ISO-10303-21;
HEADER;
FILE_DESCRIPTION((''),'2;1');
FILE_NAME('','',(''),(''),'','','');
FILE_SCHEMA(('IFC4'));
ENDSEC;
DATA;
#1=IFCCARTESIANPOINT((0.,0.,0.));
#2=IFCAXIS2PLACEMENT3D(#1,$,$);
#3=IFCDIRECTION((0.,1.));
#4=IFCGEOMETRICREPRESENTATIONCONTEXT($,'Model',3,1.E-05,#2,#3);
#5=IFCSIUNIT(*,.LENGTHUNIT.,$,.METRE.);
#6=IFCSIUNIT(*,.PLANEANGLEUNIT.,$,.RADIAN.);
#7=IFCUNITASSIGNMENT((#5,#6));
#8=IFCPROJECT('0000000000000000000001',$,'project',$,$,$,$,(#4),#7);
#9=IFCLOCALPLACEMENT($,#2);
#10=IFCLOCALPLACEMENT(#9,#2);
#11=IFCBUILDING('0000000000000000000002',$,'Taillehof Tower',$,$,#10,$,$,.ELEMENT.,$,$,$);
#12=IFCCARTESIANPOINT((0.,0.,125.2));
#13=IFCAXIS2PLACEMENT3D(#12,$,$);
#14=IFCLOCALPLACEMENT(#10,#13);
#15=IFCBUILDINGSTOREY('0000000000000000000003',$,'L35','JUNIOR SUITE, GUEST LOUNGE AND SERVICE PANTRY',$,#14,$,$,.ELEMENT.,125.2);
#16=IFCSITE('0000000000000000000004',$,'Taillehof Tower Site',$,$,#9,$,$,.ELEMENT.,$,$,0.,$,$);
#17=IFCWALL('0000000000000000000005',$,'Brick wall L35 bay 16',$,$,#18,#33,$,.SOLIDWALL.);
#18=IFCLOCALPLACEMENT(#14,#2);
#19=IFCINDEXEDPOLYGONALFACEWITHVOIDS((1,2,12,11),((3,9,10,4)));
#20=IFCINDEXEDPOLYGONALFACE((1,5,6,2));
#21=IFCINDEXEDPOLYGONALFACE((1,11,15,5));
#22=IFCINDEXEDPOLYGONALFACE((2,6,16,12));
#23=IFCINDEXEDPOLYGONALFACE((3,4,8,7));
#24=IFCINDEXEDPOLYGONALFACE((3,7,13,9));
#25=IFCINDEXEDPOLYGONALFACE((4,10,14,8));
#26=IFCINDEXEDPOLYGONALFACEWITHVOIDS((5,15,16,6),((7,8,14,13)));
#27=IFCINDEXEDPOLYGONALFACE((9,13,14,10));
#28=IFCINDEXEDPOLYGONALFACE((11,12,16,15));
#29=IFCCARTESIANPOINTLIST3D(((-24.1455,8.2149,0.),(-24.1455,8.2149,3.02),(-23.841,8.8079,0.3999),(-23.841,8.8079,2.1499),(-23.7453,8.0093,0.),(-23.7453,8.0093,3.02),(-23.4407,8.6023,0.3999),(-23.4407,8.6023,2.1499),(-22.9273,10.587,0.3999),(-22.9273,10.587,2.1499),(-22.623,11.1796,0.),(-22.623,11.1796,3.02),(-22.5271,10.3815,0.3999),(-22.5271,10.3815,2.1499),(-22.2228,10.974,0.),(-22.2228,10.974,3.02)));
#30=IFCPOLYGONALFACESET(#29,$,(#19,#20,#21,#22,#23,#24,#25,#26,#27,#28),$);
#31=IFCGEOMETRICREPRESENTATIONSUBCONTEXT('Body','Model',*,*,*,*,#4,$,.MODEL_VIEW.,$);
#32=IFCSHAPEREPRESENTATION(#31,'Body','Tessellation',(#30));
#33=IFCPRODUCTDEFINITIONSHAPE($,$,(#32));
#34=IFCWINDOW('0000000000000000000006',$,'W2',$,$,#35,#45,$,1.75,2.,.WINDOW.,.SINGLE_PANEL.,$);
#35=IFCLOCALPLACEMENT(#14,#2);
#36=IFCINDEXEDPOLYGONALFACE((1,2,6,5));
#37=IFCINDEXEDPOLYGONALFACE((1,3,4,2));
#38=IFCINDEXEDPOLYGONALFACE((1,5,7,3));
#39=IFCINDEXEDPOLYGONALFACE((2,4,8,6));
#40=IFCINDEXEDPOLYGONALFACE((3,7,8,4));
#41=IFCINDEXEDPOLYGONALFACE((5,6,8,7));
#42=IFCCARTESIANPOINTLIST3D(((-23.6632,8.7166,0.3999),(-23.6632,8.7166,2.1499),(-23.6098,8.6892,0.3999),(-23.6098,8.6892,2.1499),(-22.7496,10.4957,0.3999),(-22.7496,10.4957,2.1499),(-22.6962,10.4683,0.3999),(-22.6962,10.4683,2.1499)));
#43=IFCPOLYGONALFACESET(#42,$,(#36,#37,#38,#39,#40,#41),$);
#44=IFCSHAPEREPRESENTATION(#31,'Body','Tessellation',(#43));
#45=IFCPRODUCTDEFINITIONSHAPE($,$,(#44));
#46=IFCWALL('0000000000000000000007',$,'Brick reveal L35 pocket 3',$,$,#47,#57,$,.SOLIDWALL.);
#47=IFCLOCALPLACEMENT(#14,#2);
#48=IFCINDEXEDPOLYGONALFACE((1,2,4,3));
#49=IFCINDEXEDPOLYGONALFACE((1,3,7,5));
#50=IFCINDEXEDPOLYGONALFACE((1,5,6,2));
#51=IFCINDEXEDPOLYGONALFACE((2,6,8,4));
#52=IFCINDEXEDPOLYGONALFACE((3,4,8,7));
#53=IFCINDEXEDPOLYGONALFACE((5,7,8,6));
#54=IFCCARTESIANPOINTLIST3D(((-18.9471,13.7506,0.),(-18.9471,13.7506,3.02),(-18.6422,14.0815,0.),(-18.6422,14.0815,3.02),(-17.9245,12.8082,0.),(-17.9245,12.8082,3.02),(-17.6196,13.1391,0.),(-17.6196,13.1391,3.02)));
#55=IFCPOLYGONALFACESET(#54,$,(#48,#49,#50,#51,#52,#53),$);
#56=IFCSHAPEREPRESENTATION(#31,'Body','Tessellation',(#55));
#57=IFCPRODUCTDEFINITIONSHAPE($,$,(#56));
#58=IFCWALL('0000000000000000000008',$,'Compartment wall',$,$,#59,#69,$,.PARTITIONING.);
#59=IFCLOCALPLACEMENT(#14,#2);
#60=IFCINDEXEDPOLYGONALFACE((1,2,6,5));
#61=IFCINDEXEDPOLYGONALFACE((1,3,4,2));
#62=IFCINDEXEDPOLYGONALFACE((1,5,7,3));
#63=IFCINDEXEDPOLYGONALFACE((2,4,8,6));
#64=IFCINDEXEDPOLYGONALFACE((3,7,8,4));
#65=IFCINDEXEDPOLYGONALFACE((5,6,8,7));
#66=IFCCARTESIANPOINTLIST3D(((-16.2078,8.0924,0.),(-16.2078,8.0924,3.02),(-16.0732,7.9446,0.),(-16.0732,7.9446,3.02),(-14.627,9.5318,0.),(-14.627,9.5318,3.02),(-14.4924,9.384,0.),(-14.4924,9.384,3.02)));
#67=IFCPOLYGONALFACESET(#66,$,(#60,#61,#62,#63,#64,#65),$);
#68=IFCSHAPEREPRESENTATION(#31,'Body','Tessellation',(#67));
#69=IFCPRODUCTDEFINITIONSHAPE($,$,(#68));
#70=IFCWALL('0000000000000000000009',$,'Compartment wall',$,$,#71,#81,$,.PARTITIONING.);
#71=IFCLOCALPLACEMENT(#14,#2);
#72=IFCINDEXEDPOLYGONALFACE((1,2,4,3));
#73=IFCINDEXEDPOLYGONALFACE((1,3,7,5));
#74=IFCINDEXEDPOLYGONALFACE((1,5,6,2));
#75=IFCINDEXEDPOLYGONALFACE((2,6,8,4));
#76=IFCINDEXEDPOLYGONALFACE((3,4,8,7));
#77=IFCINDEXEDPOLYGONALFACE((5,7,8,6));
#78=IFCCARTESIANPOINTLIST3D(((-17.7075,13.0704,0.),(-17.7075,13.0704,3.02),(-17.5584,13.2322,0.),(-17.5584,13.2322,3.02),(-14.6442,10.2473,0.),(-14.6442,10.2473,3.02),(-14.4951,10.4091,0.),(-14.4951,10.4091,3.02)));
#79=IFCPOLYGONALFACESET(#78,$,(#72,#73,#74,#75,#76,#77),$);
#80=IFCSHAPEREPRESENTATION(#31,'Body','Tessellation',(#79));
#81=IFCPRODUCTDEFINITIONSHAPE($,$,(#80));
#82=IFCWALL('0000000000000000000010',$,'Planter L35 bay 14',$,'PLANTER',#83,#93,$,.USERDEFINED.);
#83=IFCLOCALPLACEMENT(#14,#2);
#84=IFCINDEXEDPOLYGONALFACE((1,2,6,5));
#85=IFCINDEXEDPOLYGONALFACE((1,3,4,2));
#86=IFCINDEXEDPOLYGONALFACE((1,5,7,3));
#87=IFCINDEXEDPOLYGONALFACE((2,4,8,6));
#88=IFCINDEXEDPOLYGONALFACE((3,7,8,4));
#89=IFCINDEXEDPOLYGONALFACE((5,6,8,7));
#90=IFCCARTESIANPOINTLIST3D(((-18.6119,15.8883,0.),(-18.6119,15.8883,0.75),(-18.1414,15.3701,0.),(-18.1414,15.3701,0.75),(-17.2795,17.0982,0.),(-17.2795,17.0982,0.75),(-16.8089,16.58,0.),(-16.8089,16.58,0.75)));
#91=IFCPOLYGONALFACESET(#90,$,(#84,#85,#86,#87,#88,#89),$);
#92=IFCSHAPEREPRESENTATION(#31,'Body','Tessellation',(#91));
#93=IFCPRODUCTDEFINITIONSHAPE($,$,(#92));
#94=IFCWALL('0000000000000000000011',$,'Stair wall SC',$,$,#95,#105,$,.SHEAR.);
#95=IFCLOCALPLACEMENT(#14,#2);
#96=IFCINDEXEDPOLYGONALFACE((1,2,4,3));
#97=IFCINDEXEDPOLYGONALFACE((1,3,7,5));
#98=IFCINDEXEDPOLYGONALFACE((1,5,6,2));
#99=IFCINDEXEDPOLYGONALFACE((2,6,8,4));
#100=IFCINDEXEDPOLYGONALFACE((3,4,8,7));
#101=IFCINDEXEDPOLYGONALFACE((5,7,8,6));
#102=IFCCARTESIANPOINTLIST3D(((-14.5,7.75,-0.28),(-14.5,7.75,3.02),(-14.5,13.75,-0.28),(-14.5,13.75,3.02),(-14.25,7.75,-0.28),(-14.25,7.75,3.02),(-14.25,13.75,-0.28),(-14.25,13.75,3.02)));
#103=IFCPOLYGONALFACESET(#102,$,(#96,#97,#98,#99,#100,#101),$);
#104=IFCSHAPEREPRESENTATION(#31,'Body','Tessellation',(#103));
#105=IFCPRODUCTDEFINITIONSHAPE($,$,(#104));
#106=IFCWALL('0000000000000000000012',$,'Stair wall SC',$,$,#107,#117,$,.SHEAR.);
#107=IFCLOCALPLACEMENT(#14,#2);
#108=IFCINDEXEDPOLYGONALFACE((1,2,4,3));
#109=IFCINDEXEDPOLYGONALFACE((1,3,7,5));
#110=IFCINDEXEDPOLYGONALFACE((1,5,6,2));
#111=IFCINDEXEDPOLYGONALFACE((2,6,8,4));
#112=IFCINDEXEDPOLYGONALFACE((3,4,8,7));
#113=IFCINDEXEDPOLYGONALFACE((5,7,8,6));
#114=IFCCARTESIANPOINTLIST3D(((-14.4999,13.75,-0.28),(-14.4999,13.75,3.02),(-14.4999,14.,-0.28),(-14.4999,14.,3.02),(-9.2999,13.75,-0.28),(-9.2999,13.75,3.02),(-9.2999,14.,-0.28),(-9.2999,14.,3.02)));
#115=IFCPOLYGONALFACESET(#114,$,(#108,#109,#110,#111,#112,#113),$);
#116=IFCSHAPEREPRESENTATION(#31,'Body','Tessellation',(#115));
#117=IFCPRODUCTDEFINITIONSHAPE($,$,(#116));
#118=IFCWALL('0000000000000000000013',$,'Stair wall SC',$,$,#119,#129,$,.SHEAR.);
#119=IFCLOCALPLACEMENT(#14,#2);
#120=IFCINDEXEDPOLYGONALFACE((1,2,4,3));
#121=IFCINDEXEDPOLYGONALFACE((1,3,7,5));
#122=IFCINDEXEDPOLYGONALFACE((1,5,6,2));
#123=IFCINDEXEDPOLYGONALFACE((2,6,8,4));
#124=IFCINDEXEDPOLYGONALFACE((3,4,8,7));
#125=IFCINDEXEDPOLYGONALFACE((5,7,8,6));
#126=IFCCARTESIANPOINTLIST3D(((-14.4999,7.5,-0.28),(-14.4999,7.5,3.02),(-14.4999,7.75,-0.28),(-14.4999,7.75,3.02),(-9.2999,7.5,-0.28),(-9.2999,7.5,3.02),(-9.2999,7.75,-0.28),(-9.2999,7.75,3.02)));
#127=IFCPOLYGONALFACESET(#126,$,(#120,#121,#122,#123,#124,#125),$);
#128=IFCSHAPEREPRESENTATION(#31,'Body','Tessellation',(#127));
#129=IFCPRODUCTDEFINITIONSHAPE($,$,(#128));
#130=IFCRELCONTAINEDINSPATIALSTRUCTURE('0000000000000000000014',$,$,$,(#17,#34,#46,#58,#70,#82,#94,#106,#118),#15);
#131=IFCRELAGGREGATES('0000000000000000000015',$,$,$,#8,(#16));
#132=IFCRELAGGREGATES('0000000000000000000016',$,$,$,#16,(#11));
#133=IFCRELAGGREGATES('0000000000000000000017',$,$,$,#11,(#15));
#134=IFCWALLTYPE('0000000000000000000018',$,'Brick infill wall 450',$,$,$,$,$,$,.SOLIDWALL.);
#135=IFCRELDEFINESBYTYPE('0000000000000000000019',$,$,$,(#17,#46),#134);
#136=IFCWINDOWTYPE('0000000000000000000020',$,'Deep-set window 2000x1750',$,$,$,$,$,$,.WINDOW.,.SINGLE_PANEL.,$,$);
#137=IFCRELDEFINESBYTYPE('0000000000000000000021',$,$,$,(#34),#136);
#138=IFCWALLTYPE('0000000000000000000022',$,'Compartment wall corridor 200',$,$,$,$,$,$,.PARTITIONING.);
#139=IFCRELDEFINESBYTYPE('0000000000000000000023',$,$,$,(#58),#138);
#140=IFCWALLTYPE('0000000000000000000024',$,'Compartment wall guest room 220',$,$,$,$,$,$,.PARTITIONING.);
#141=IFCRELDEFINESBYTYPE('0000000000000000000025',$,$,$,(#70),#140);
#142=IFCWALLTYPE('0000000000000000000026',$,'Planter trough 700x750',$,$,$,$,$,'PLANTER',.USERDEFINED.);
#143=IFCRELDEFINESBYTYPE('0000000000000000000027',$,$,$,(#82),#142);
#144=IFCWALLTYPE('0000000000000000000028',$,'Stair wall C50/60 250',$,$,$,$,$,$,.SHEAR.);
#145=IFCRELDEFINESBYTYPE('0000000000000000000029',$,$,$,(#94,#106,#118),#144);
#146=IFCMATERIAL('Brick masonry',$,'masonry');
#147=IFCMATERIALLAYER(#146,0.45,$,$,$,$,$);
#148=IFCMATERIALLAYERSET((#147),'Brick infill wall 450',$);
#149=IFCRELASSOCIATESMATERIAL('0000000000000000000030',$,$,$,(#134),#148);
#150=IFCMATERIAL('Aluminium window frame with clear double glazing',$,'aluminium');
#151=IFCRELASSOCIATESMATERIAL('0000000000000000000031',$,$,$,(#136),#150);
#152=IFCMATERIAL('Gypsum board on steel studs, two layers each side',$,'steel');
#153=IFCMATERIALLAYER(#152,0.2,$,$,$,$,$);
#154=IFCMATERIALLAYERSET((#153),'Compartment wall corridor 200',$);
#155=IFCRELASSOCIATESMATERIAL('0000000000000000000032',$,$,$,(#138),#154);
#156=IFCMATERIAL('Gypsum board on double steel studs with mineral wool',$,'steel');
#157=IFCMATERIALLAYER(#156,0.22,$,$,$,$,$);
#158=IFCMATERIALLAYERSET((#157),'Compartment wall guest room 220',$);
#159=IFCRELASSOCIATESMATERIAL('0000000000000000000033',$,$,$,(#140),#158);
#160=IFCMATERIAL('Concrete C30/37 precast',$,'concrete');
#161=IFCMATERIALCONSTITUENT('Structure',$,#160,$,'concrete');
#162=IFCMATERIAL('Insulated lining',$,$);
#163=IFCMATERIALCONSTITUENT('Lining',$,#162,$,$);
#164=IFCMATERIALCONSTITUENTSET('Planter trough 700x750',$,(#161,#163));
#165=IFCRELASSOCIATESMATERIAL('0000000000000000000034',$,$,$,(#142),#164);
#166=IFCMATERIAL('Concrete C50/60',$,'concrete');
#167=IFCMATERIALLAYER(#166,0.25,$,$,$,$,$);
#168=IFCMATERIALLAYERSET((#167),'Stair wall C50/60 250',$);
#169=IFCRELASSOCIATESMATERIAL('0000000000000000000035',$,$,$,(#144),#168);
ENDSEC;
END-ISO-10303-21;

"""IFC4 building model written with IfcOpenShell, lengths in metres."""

from ifc_helpers import new_model, si_unit, direction, frame, frame_2d, origin, place, context, subcontext, project, spatial, rectangle, extrude, material, layer, layer_set, constituent, constituent_set, type_object, element, fill, save


model = new_model("IFC4")

# Units and contexts
model_context = context("Model", 3, precision=1e-05, world=origin(), true_north=direction((0.0, 1.0)))
body_context = subcontext(model_context, "Body", "Model", "MODEL_VIEW")
ifc_project = project(units=[si_unit("LENGTHUNIT", "METRE"), si_unit("PLANEANGLEUNIT", "RADIAN")], contexts=[model_context])

# Site, building, storey
site_placement = place(None, origin())
site = spatial("IfcSite", under=ifc_project, at=site_placement, Name="Taillehof Tower Site", CompositionType="ELEMENT", RefElevation=0.0)
building_placement = place(site_placement, origin())
building = spatial("IfcBuilding", under=site, at=building_placement, Name="Taillehof Tower", CompositionType="ELEMENT")
storey_placement = place(building_placement, frame((0.0, 0.0, 125.2)))
storey = spatial("IfcBuildingStorey", under=building, at=storey_placement, Name="L35", Description="JUNIOR SUITE, GUEST LOUNGE AND SERVICE PANTRY", CompositionType="ELEMENT", Elevation=125.2)

# Wall, opening, window
ifc_material_1 = material(Name="Brick masonry", Category="masonry")
ifc_layer_1 = layer(ifc_material_1, 0.45)
ifc_layer_set_1 = layer_set([ifc_layer_1], Name="Brick infill wall 450")
wall_type_1 = type_object("IfcWallType", Name="Brick infill wall 450", PredefinedType="SOLIDWALL", material=ifc_layer_set_1)
ifc_material_2 = material(Name="Aluminium window frame with clear double glazing", Category="aluminium")
window_type_1 = type_object("IfcWindowType", Name="Deep-set window 2000x1750", PartitioningType="SINGLE_PANEL", PredefinedType="WINDOW", material=ifc_material_2)
wall_1_placement = place(storey_placement, frame((-22.4229, 11.0769, 0.0), z_axis=(0.0, 0.0, 1.0), x_axis=(-0.456828, -0.889555, 0.0)))
wall_1 = element("IfcWall", 1, at=wall_1_placement, inside=storey, type_object=wall_type_1, Name="Brick wall L35 bay 16", PredefinedType="SOLIDWALL", context=body_context, shape_type="SweptSolid", body=[
    extrude(rectangle(XDim=3.3328, YDim=0.45, at=frame_2d((1.6665, 0.0))), origin(), (0.0, 0.0, 1.0), 3.02),
])
opening_1_placement = place(wall_1_placement, frame((0.6663, 0.0, 0.3999)))
opening_1 = element("IfcOpeningElement", 2, at=opening_1_placement, cuts=wall_1, PredefinedType="OPENING", context=body_context, shape_type="SweptSolid", body=[
    extrude(rectangle(XDim=2.0, YDim=1.75, at=frame_2d((1.0, 0.875))), frame((0.0, 0.2349, 0.0), z_axis=(0.0, -1.0, 0.0), x_axis=(1.0, 0.0, 0.0)), (0.0, 0.0, 1.0), 0.47),
])
window_1_placement = place(opening_1_placement, origin())
window_1 = element("IfcWindow", 3, at=window_1_placement, inside=storey, type_object=window_type_1, Name="W2", OverallHeight=1.75, OverallWidth=2.0, PartitioningType="SINGLE_PANEL", PredefinedType="WINDOW", context=body_context, shape_type="SweptSolid", body=[
    extrude(rectangle(XDim=2.0, YDim=1.75, at=frame_2d((1.0, 0.875))), frame((0.0, 0.0349, 0.0), z_axis=(0.0, -1.0, 0.0), x_axis=(1.0, 0.0, 0.0)), (0.0, 0.0, 1.0), 0.0601),
])
fill(opening_1, window_1)

# Wall
wall_2_placement = place(storey_placement, frame((-18.7947, 13.916, 0.0), z_axis=(0.0, 0.0, 1.0), x_axis=(0.735395, -0.677638, 0.0)))
element("IfcWall", 4, at=wall_2_placement, inside=storey, type_object=wall_type_1, Name="Brick reveal L35 pocket 3", PredefinedType="SOLIDWALL", context=body_context, shape_type="SweptSolid", body=[
    extrude(rectangle(XDim=1.3906, YDim=0.45, at=frame_2d((0.6953, 0.0))), origin(), (0.0, 0.0, 1.0), 3.02),
])

# Walls
ifc_material_3 = material(Name="Gypsum board on steel studs, two layers each side", Category="steel")
ifc_layer_2 = layer(ifc_material_3, 0.2)
ifc_layer_set_2 = layer_set([ifc_layer_2], Name="Compartment wall corridor 200")
wall_type_2 = type_object("IfcWallType", Name="Compartment wall corridor 200", PredefinedType="PARTITIONING", material=ifc_layer_set_2)
wall_3_placement = place(storey_placement, frame((-16.1404, 8.0186, 0.0), z_axis=(0.0, 0.0, 1.0), x_axis=(0.739392, 0.673275, 0.0)))
element("IfcWall", 5, at=wall_3_placement, inside=storey, type_object=wall_type_2, Name="Compartment wall", PredefinedType="PARTITIONING", context=body_context, shape_type="SweptSolid", body=[
    extrude(rectangle(XDim=2.1379, YDim=0.2, at=frame_2d((1.0688, 0.0))), origin(), (0.0, 0.0, 1.0), 3.02),
])
ifc_material_4 = material(Name="Gypsum board on double steel studs with mineral wool", Category="steel")
ifc_layer_3 = layer(ifc_material_4, 0.22)
ifc_layer_set_3 = layer_set([ifc_layer_3], Name="Compartment wall guest room 220")
wall_type_3 = type_object("IfcWallType", Name="Compartment wall guest room 220", PredefinedType="PARTITIONING", material=ifc_layer_set_3)
wall_4_placement = place(storey_placement, frame((-17.6331, 13.1514, 0.0), z_axis=(0.0, 0.0, 1.0), x_axis=(0.735354, -0.677684, 0.0)))
element("IfcWall", 6, at=wall_4_placement, inside=storey, type_object=wall_type_3, Name="Compartment wall", PredefinedType="PARTITIONING", context=body_context, shape_type="SweptSolid", body=[
    extrude(rectangle(XDim=4.1658, YDim=0.22, at=frame_2d((2.083, 0.0))), origin(), (0.0, 0.0, 1.0), 3.02),
])
ifc_material_5 = material(Name="Concrete C30/37 precast", Category="concrete")
ifc_constituent_1 = constituent(ifc_material_5, Name="Structure", Category="concrete")
ifc_material_6 = material(Name="Insulated lining")
ifc_constituent_2 = constituent(ifc_material_6, Name="Lining")
ifc_constituent_set = constituent_set(constituents=[ifc_constituent_1, ifc_constituent_2], Name="Planter trough 700x750")
wall_type_4 = type_object("IfcWallType", Name="Planter trough 700x750", ElementType="PLANTER", PredefinedType="USERDEFINED", material=ifc_constituent_set)
wall_5_placement = place(storey_placement, frame((-17.0442, 16.8391, 0.0), z_axis=(0.0, 0.0, 1.0), x_axis=(-0.740333, -0.672241, 0.0)))
element("IfcWall", 7, at=wall_5_placement, inside=storey, type_object=wall_type_4, Name="Planter L35 bay 14", ObjectType="PLANTER", PredefinedType="USERDEFINED", context=body_context, shape_type="SweptSolid", body=[
    extrude(rectangle(XDim=1.7998, YDim=0.7, at=frame_2d((0.8999, 0.0))), origin(), (0.0, 0.0, 1.0), 0.75),
])
ifc_material_7 = material(Name="Concrete C50/60", Category="concrete")
ifc_layer_4 = layer(ifc_material_7, 0.25)
ifc_layer_set_4 = layer_set([ifc_layer_4], Name="Stair wall C50/60 250")
wall_type_5 = type_object("IfcWallType", Name="Stair wall C50/60 250", PredefinedType="SHEAR", material=ifc_layer_set_4)
wall_6_placement = place(storey_placement, frame((-14.375, 7.75, -0.28), z_axis=(0.0, 0.0, 1.0), x_axis=(0.0, 1.0, 0.0)))
element("IfcWall", 8, at=wall_6_placement, inside=storey, type_object=wall_type_5, Name="Stair wall SC", PredefinedType="SHEAR", context=body_context, shape_type="SweptSolid", body=[
    extrude(rectangle(XDim=6.0, YDim=0.25, at=frame_2d((3.0, 0.0))), origin(), (0.0, 0.0, 1.0), 3.3),
])
for number, where, z_axis, x_axis, name in (
    (9, (-14.5, 13.875, -0.28), (0.0, 0.0, 1.0), (1.0, 0.0, 0.0), "Stair wall SC"),
    (10, (-14.5, 7.625, -0.28), (0.0, 0.0, 1.0), (1.0, 0.0, 0.0), "Stair wall SC"),
):
    element("IfcWall", number, at=place(storey_placement, frame(where, z_axis=z_axis, x_axis=x_axis)), inside=storey, type_object=wall_type_5, Name=name, PredefinedType="SHEAR", context=body_context, shape_type="SweptSolid", body=[
        extrude(rectangle(XDim=5.2, YDim=0.25, at=frame_2d((2.6001, 0.0))), origin(), (0.0, 0.0, 1.0), 3.3),
    ])

save(model, "model.ifc")
